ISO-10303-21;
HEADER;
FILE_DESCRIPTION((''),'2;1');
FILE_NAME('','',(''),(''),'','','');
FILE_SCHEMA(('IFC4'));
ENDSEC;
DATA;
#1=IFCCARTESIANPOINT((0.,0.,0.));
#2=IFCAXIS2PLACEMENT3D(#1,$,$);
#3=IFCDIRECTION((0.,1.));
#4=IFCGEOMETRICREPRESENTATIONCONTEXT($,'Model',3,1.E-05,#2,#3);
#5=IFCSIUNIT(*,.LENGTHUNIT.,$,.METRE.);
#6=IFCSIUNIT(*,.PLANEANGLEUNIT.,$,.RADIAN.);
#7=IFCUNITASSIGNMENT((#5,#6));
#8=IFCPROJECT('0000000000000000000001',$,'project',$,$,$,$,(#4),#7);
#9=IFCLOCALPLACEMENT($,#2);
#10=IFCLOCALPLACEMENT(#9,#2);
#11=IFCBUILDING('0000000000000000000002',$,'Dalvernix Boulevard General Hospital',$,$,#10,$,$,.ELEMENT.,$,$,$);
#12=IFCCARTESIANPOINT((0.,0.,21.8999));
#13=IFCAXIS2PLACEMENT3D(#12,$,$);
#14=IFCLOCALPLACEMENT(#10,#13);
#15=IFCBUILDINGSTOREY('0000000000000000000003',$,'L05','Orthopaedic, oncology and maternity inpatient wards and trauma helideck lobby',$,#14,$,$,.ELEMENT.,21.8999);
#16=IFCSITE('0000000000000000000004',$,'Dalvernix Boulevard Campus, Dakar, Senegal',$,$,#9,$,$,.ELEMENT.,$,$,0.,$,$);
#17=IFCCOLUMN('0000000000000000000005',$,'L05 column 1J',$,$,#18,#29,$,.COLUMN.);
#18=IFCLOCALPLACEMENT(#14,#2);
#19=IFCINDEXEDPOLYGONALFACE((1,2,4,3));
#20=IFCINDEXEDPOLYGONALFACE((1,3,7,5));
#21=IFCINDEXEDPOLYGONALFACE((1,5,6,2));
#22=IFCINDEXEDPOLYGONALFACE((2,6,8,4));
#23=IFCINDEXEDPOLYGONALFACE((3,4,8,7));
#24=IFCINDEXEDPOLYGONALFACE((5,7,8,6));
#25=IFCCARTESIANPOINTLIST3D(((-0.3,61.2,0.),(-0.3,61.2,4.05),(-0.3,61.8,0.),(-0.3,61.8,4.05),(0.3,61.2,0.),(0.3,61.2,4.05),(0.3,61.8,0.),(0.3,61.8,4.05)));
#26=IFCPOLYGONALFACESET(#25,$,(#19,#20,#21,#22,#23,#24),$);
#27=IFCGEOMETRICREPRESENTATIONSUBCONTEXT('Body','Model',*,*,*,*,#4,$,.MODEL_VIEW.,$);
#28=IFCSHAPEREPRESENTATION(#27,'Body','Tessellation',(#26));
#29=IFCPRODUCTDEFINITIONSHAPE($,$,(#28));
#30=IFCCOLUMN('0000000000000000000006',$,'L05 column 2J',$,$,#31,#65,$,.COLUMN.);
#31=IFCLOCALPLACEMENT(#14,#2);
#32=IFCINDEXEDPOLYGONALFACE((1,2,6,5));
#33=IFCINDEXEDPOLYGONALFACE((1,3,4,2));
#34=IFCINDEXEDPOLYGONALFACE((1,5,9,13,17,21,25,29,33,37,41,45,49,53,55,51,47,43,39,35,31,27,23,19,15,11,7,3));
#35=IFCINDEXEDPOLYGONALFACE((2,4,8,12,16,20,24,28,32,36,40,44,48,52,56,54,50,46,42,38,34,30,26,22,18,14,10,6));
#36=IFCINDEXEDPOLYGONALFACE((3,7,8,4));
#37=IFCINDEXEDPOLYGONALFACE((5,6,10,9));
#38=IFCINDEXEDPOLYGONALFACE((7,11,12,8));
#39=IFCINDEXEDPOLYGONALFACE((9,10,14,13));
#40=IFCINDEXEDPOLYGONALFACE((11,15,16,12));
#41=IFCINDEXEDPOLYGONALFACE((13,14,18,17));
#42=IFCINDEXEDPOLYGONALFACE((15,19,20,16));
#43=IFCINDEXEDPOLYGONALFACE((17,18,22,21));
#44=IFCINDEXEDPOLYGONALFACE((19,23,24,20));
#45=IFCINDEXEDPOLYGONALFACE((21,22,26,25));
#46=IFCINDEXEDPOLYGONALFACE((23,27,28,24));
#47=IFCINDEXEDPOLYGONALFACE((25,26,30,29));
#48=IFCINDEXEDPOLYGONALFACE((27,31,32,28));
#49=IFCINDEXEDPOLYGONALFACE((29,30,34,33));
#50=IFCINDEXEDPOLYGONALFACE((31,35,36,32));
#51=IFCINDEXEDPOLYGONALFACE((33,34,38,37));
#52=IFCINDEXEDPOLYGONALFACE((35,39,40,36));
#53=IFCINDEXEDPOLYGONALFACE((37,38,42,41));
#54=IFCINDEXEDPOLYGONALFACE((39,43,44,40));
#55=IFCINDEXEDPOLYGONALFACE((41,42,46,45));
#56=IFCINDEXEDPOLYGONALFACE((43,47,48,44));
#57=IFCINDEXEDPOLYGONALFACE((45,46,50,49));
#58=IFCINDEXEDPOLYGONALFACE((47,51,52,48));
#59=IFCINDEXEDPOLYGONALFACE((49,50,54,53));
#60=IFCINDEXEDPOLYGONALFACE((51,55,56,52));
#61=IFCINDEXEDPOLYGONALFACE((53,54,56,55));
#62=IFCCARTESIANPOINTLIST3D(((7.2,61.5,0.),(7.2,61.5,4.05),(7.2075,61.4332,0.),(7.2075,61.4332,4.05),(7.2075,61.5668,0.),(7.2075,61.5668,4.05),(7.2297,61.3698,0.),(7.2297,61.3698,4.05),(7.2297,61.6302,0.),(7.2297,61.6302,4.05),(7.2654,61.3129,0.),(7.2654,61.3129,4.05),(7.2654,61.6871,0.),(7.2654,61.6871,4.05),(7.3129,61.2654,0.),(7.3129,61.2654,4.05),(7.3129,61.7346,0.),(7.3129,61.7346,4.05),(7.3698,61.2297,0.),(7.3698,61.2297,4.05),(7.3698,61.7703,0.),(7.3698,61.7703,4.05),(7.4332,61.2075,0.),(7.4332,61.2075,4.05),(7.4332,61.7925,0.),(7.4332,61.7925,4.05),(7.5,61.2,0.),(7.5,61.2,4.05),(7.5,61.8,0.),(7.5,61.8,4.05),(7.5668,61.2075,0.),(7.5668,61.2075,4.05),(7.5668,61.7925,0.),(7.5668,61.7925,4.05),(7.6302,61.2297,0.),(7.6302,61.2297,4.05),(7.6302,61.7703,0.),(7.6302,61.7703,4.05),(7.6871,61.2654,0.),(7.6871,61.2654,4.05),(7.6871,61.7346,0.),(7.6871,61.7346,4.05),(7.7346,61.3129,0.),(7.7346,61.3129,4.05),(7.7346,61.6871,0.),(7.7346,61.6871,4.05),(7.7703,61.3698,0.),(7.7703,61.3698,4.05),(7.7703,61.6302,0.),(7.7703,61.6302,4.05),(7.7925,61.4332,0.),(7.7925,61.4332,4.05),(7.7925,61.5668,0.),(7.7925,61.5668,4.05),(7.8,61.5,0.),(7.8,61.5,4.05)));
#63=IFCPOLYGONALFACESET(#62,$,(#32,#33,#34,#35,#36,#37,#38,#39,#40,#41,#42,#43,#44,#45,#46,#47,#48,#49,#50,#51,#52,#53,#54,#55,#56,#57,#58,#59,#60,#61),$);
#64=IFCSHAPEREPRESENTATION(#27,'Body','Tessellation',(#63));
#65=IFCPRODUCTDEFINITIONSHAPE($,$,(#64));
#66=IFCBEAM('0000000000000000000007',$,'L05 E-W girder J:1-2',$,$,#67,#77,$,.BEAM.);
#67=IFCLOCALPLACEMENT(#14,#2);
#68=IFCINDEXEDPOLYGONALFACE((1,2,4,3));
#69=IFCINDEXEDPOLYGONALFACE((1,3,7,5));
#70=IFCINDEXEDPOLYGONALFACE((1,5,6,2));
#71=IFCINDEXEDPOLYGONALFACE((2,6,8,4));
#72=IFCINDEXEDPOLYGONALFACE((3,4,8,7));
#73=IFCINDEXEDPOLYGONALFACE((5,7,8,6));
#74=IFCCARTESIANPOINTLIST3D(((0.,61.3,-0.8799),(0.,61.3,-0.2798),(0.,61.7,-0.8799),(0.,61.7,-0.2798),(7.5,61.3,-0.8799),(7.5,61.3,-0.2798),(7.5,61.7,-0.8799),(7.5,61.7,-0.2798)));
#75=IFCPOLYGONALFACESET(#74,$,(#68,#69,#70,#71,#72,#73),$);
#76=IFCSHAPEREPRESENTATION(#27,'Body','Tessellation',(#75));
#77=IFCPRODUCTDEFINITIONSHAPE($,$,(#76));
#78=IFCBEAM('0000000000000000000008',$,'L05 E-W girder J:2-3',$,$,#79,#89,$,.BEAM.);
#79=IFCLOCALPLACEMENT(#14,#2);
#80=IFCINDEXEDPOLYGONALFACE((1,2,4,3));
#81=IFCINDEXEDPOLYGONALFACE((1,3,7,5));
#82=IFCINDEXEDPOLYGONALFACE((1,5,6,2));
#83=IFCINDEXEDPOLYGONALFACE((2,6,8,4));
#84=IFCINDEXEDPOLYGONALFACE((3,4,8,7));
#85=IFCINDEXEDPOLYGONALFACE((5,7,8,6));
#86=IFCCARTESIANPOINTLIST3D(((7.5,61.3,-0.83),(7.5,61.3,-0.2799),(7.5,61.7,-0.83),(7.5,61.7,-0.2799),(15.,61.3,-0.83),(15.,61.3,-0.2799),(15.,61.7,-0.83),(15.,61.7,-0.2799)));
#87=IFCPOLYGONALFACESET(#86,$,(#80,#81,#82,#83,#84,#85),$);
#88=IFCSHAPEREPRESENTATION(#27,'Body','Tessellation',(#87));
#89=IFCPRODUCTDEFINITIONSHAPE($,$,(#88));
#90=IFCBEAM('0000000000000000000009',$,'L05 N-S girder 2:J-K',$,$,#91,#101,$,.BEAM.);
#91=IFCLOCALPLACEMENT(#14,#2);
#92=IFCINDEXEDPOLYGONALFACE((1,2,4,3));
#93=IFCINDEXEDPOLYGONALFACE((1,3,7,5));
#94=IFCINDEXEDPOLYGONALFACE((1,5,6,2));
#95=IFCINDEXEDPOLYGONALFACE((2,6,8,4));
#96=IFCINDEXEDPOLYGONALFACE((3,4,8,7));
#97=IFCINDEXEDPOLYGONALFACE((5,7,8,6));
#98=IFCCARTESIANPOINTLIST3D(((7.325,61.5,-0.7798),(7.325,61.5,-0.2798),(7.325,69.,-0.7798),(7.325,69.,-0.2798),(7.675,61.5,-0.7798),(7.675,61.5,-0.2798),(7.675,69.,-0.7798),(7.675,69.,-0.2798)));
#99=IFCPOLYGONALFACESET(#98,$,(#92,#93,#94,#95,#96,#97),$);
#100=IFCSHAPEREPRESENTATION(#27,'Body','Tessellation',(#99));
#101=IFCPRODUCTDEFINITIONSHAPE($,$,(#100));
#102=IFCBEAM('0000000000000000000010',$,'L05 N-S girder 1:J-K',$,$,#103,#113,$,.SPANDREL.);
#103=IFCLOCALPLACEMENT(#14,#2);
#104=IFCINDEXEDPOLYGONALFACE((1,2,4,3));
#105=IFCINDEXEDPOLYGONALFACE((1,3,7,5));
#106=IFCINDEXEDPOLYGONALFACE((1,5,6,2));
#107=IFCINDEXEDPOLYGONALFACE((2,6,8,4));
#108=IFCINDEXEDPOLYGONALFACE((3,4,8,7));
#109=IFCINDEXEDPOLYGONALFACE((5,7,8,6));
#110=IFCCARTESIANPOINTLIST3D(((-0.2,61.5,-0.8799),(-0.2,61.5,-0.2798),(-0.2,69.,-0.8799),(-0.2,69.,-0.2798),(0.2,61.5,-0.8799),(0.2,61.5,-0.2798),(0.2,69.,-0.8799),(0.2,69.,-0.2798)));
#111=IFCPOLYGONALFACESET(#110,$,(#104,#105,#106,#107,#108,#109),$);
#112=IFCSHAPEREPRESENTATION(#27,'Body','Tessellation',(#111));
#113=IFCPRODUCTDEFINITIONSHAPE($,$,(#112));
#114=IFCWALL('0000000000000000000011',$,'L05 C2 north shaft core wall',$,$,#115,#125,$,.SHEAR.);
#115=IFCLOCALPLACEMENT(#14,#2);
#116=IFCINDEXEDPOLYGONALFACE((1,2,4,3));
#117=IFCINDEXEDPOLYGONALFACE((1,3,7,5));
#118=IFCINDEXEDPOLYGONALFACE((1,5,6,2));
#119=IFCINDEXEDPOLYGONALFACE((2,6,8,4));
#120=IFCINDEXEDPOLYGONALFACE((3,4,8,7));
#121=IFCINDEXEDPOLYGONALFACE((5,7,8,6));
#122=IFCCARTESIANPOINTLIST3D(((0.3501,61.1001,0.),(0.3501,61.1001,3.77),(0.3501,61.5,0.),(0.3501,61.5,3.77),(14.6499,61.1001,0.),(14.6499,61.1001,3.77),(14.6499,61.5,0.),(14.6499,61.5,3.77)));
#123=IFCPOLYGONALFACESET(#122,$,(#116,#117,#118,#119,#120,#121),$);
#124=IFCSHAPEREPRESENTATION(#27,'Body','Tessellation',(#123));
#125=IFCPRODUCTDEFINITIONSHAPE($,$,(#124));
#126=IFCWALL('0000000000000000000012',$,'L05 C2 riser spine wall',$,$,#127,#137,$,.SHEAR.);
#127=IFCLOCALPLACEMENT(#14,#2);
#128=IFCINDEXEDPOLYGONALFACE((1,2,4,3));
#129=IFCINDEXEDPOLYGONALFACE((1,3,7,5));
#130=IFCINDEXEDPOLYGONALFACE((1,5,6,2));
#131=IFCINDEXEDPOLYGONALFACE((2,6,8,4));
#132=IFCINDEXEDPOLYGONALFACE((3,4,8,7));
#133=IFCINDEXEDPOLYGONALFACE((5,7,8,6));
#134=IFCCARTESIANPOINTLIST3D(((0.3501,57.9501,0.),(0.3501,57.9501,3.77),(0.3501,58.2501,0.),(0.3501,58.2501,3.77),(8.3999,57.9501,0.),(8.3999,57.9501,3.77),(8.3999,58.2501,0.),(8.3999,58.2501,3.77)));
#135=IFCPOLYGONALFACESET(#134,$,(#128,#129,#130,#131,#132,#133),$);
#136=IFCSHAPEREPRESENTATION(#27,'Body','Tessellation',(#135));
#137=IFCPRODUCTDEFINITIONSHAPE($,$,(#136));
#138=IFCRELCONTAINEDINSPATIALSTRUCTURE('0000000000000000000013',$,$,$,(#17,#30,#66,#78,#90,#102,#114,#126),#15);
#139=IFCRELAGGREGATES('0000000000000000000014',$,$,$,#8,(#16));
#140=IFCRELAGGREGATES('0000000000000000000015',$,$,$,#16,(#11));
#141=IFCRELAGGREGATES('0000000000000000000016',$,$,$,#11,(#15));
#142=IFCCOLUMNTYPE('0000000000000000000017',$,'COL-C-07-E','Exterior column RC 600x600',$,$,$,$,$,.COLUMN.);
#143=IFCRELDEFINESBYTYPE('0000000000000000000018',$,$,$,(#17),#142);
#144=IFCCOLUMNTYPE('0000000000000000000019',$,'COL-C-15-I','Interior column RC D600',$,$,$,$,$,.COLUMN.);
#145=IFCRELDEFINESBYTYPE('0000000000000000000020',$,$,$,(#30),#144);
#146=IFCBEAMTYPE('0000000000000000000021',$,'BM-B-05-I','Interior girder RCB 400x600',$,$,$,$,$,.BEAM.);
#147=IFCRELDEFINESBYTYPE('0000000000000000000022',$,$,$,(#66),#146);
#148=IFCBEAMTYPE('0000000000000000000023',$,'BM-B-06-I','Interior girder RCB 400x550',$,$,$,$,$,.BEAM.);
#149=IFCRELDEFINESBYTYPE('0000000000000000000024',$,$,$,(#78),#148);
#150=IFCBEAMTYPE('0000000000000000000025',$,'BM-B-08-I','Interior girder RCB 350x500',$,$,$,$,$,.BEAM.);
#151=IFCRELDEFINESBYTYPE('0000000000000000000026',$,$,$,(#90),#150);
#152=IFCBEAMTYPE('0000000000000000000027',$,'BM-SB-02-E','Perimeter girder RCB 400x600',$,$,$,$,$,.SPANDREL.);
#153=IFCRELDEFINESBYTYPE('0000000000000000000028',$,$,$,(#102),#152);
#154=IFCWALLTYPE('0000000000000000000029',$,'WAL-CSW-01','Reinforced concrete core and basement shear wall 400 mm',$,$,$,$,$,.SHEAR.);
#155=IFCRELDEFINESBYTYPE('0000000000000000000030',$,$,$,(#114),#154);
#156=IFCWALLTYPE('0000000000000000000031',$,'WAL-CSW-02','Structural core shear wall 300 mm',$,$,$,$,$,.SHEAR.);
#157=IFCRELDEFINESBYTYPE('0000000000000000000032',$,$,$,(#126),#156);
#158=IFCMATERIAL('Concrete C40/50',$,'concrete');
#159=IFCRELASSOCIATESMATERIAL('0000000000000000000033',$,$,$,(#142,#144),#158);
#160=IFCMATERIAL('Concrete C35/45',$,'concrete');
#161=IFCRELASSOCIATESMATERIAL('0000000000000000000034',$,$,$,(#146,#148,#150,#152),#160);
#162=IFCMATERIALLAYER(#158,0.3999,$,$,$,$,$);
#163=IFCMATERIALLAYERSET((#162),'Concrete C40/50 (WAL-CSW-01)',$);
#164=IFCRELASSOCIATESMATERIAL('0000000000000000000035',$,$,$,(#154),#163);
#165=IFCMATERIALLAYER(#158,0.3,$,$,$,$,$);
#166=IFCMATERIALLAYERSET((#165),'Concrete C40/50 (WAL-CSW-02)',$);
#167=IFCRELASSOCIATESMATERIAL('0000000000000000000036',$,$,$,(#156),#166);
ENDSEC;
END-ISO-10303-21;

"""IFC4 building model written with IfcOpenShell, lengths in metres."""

from ifc_helpers import new_model, si_unit, direction, frame, frame_2d, origin, origin_2d, place, context, subcontext, project, spatial, rectangle, circle, extrude, material, layer, layer_set, material_profile, profile_set, type_object, element, save


model = new_model("IFC4")

# Units and contexts
model_context = context("Model", 3, precision=1e-05, world=origin(), true_north=direction((0.0, 1.0)))
body_context = subcontext(model_context, "Body", "Model", "MODEL_VIEW")
ifc_project = project(units=[si_unit("LENGTHUNIT", "METRE"), si_unit("PLANEANGLEUNIT", "RADIAN")], contexts=[model_context])

# Site, building, storey
site_placement = place(None, origin())
site = spatial("IfcSite", under=ifc_project, at=site_placement, Name="Dalvernix Boulevard Campus, Dakar, Senegal", CompositionType="ELEMENT", RefElevation=0.0)
building_placement = place(site_placement, origin())
building = spatial("IfcBuilding", under=site, at=building_placement, Name="Dalvernix Boulevard General Hospital", CompositionType="ELEMENT")
storey_placement = place(building_placement, frame((0.0, 0.0, 21.8999)))
storey = spatial("IfcBuildingStorey", under=building, at=storey_placement, Name="L05", Description="Orthopaedic, oncology and maternity inpatient wards and trauma helideck lobby", CompositionType="ELEMENT", Elevation=21.8999)

# Columns
ifc_material_1 = material(Name="Concrete C40/50", Category="concrete")
ifc_material_profile_1 = material_profile(ifc_material_1, rectangle(XDim=0.6001, YDim=0.6001, at=origin_2d()), Name="RC 600x600")
ifc_profile_set_1 = profile_set([ifc_material_profile_1], Name="Concrete C40/50")
column_type_1 = type_object("IfcColumnType", Name="COL-C-07-E", Description="Exterior column RC 600x600", PredefinedType="COLUMN", material=ifc_profile_set_1)
column_1_placement = place(storey_placement, frame((0.0, 61.5, 0.0), z_axis=(0.0, 0.0, 1.0), x_axis=(1.0, 0.0, 0.0)))
element("IfcColumn", 1, at=column_1_placement, inside=storey, type_object=column_type_1, Name="L05 column 1J", PredefinedType="COLUMN", context=body_context, shape_type="SweptSolid", body=[
    extrude(rectangle(XDim=0.6001, YDim=0.6001, at=origin_2d()), origin(), (0.0, 0.0, 1.0), 4.05),
])
ifc_material_profile_2 = material_profile(ifc_material_1, circle(Radius=0.3, at=origin_2d()), Name="RC D600")
ifc_profile_set_2 = profile_set([ifc_material_profile_2], Name="Concrete C40/50")
column_type_2 = type_object("IfcColumnType", Name="COL-C-15-I", Description="Interior column RC D600", PredefinedType="COLUMN", material=ifc_profile_set_2)
column_2_placement = place(storey_placement, frame((7.5, 61.5, 0.0), z_axis=(0.0, 0.0, 1.0), x_axis=(1.0, 0.0, 0.0)))
element("IfcColumn", 2, at=column_2_placement, inside=storey, type_object=column_type_2, Name="L05 column 2J", PredefinedType="COLUMN", context=body_context, shape_type="SweptSolid", body=[
    extrude(circle(Radius=0.3, at=origin_2d()), origin(), (0.0, 0.0, 1.0), 4.05),
])

# Beams
ifc_material_2 = material(Name="Concrete C35/45", Category="concrete")
ifc_material_profile_3 = material_profile(ifc_material_2, rectangle(XDim=0.3999, YDim=0.6001, at=origin_2d()), Name="RCB 400x600")
ifc_profile_set_3 = profile_set([ifc_material_profile_3], Name="Concrete C35/45")
beam_type_1 = type_object("IfcBeamType", Name="BM-B-05-I", Description="Interior girder RCB 400x600", PredefinedType="BEAM", material=ifc_profile_set_3)
beam_1_placement = place(storey_placement, frame((0.0, 61.5, -0.5798), z_axis=(1.0, 0.0, 0.0), x_axis=(0.0, 1.0, 0.0)))
element("IfcBeam", 3, at=beam_1_placement, inside=storey, type_object=beam_type_1, Name="L05 E-W girder J:1-2", PredefinedType="BEAM", context=body_context, shape_type="SweptSolid", body=[
    extrude(rectangle(XDim=0.3999, YDim=0.6001, at=origin_2d()), origin(), (0.0, 0.0, 1.0), 7.5),
])
ifc_material_profile_4 = material_profile(ifc_material_2, rectangle(XDim=0.3999, YDim=0.55, at=origin_2d()), Name="RCB 400x550")
ifc_profile_set_4 = profile_set([ifc_material_profile_4], Name="Concrete C35/45")
beam_type_2 = type_object("IfcBeamType", Name="BM-B-06-I", Description="Interior girder RCB 400x550", PredefinedType="BEAM", material=ifc_profile_set_4)
beam_2_placement = place(storey_placement, frame((7.5, 61.5, -0.5549), z_axis=(1.0, 0.0, 0.0), x_axis=(0.0, 1.0, 0.0)))
element("IfcBeam", 4, at=beam_2_placement, inside=storey, type_object=beam_type_2, Name="L05 E-W girder J:2-3", PredefinedType="BEAM", context=body_context, shape_type="SweptSolid", body=[
    extrude(rectangle(XDim=0.3999, YDim=0.55, at=origin_2d()), origin(), (0.0, 0.0, 1.0), 7.5),
])
ifc_material_profile_5 = material_profile(ifc_material_2, rectangle(XDim=0.3501, YDim=0.5, at=origin_2d()), Name="RCB 350x500")
ifc_profile_set_5 = profile_set([ifc_material_profile_5], Name="Concrete C35/45")
beam_type_3 = type_object("IfcBeamType", Name="BM-B-08-I", Description="Interior girder RCB 350x500", PredefinedType="BEAM", material=ifc_profile_set_5)
beam_3_placement = place(storey_placement, frame((7.5, 61.5, -0.5298), z_axis=(0.0, 1.0, 0.0), x_axis=(-1.0, 0.0, 0.0)))
element("IfcBeam", 5, at=beam_3_placement, inside=storey, type_object=beam_type_3, Name="L05 N-S girder 2:J-K", PredefinedType="BEAM", context=body_context, shape_type="SweptSolid", body=[
    extrude(rectangle(XDim=0.3501, YDim=0.5, at=origin_2d()), origin(), (0.0, 0.0, 1.0), 7.5),
])
ifc_material_profile_6 = material_profile(ifc_material_2, rectangle(XDim=0.3999, YDim=0.6001, at=origin_2d()), Name="RCB 400x600")
ifc_profile_set_6 = profile_set([ifc_material_profile_6], Name="Concrete C35/45")
beam_type_4 = type_object("IfcBeamType", Name="BM-SB-02-E", Description="Perimeter girder RCB 400x600", PredefinedType="SPANDREL", material=ifc_profile_set_6)
beam_4_placement = place(storey_placement, frame((0.0, 61.5, -0.5798), z_axis=(0.0, 1.0, 0.0), x_axis=(-1.0, 0.0, 0.0)))
element("IfcBeam", 6, at=beam_4_placement, inside=storey, type_object=beam_type_4, Name="L05 N-S girder 1:J-K", PredefinedType="SPANDREL", context=body_context, shape_type="SweptSolid", body=[
    extrude(rectangle(XDim=0.3999, YDim=0.6001, at=origin_2d()), origin(), (0.0, 0.0, 1.0), 7.5),
])

# Walls
ifc_layer_1 = layer(ifc_material_1, 0.3999)
ifc_layer_set_1 = layer_set([ifc_layer_1], Name="Concrete C40/50 (WAL-CSW-01)")
wall_type_1 = type_object("IfcWallType", Name="WAL-CSW-01", Description="Reinforced concrete core and basement shear wall 400 mm", PredefinedType="SHEAR", material=ifc_layer_set_1)
wall_1_placement = place(storey_placement, frame((0.3501, 61.3, 0.0), z_axis=(0.0, 0.0, 1.0), x_axis=(1.0, 0.0, 0.0)))
element("IfcWall", 7, at=wall_1_placement, inside=storey, type_object=wall_type_1, Name="L05 C2 north shaft core wall", PredefinedType="SHEAR", context=body_context, shape_type="SweptSolid", body=[
    extrude(rectangle(XDim=14.2998, YDim=0.3999, at=frame_2d((7.1499, 0.0))), origin(), (0.0, 0.0, 1.0), 3.77),
])
ifc_layer_2 = layer(ifc_material_1, 0.3)
ifc_layer_set_2 = layer_set([ifc_layer_2], Name="Concrete C40/50 (WAL-CSW-02)")
wall_type_2 = type_object("IfcWallType", Name="WAL-CSW-02", Description="Structural core shear wall 300 mm", PredefinedType="SHEAR", material=ifc_layer_set_2)
wall_2_placement = place(storey_placement, frame((0.3501, 58.1001, 0.0), z_axis=(0.0, 0.0, 1.0), x_axis=(1.0, 0.0, 0.0)))
element("IfcWall", 8, at=wall_2_placement, inside=storey, type_object=wall_type_2, Name="L05 C2 riser spine wall", PredefinedType="SHEAR", context=body_context, shape_type="SweptSolid", body=[
    extrude(rectangle(XDim=8.0498, YDim=0.3, at=frame_2d((4.0249, 0.0))), origin(), (0.0, 0.0, 1.0), 3.77),
])

save(model, "model.ifc")
